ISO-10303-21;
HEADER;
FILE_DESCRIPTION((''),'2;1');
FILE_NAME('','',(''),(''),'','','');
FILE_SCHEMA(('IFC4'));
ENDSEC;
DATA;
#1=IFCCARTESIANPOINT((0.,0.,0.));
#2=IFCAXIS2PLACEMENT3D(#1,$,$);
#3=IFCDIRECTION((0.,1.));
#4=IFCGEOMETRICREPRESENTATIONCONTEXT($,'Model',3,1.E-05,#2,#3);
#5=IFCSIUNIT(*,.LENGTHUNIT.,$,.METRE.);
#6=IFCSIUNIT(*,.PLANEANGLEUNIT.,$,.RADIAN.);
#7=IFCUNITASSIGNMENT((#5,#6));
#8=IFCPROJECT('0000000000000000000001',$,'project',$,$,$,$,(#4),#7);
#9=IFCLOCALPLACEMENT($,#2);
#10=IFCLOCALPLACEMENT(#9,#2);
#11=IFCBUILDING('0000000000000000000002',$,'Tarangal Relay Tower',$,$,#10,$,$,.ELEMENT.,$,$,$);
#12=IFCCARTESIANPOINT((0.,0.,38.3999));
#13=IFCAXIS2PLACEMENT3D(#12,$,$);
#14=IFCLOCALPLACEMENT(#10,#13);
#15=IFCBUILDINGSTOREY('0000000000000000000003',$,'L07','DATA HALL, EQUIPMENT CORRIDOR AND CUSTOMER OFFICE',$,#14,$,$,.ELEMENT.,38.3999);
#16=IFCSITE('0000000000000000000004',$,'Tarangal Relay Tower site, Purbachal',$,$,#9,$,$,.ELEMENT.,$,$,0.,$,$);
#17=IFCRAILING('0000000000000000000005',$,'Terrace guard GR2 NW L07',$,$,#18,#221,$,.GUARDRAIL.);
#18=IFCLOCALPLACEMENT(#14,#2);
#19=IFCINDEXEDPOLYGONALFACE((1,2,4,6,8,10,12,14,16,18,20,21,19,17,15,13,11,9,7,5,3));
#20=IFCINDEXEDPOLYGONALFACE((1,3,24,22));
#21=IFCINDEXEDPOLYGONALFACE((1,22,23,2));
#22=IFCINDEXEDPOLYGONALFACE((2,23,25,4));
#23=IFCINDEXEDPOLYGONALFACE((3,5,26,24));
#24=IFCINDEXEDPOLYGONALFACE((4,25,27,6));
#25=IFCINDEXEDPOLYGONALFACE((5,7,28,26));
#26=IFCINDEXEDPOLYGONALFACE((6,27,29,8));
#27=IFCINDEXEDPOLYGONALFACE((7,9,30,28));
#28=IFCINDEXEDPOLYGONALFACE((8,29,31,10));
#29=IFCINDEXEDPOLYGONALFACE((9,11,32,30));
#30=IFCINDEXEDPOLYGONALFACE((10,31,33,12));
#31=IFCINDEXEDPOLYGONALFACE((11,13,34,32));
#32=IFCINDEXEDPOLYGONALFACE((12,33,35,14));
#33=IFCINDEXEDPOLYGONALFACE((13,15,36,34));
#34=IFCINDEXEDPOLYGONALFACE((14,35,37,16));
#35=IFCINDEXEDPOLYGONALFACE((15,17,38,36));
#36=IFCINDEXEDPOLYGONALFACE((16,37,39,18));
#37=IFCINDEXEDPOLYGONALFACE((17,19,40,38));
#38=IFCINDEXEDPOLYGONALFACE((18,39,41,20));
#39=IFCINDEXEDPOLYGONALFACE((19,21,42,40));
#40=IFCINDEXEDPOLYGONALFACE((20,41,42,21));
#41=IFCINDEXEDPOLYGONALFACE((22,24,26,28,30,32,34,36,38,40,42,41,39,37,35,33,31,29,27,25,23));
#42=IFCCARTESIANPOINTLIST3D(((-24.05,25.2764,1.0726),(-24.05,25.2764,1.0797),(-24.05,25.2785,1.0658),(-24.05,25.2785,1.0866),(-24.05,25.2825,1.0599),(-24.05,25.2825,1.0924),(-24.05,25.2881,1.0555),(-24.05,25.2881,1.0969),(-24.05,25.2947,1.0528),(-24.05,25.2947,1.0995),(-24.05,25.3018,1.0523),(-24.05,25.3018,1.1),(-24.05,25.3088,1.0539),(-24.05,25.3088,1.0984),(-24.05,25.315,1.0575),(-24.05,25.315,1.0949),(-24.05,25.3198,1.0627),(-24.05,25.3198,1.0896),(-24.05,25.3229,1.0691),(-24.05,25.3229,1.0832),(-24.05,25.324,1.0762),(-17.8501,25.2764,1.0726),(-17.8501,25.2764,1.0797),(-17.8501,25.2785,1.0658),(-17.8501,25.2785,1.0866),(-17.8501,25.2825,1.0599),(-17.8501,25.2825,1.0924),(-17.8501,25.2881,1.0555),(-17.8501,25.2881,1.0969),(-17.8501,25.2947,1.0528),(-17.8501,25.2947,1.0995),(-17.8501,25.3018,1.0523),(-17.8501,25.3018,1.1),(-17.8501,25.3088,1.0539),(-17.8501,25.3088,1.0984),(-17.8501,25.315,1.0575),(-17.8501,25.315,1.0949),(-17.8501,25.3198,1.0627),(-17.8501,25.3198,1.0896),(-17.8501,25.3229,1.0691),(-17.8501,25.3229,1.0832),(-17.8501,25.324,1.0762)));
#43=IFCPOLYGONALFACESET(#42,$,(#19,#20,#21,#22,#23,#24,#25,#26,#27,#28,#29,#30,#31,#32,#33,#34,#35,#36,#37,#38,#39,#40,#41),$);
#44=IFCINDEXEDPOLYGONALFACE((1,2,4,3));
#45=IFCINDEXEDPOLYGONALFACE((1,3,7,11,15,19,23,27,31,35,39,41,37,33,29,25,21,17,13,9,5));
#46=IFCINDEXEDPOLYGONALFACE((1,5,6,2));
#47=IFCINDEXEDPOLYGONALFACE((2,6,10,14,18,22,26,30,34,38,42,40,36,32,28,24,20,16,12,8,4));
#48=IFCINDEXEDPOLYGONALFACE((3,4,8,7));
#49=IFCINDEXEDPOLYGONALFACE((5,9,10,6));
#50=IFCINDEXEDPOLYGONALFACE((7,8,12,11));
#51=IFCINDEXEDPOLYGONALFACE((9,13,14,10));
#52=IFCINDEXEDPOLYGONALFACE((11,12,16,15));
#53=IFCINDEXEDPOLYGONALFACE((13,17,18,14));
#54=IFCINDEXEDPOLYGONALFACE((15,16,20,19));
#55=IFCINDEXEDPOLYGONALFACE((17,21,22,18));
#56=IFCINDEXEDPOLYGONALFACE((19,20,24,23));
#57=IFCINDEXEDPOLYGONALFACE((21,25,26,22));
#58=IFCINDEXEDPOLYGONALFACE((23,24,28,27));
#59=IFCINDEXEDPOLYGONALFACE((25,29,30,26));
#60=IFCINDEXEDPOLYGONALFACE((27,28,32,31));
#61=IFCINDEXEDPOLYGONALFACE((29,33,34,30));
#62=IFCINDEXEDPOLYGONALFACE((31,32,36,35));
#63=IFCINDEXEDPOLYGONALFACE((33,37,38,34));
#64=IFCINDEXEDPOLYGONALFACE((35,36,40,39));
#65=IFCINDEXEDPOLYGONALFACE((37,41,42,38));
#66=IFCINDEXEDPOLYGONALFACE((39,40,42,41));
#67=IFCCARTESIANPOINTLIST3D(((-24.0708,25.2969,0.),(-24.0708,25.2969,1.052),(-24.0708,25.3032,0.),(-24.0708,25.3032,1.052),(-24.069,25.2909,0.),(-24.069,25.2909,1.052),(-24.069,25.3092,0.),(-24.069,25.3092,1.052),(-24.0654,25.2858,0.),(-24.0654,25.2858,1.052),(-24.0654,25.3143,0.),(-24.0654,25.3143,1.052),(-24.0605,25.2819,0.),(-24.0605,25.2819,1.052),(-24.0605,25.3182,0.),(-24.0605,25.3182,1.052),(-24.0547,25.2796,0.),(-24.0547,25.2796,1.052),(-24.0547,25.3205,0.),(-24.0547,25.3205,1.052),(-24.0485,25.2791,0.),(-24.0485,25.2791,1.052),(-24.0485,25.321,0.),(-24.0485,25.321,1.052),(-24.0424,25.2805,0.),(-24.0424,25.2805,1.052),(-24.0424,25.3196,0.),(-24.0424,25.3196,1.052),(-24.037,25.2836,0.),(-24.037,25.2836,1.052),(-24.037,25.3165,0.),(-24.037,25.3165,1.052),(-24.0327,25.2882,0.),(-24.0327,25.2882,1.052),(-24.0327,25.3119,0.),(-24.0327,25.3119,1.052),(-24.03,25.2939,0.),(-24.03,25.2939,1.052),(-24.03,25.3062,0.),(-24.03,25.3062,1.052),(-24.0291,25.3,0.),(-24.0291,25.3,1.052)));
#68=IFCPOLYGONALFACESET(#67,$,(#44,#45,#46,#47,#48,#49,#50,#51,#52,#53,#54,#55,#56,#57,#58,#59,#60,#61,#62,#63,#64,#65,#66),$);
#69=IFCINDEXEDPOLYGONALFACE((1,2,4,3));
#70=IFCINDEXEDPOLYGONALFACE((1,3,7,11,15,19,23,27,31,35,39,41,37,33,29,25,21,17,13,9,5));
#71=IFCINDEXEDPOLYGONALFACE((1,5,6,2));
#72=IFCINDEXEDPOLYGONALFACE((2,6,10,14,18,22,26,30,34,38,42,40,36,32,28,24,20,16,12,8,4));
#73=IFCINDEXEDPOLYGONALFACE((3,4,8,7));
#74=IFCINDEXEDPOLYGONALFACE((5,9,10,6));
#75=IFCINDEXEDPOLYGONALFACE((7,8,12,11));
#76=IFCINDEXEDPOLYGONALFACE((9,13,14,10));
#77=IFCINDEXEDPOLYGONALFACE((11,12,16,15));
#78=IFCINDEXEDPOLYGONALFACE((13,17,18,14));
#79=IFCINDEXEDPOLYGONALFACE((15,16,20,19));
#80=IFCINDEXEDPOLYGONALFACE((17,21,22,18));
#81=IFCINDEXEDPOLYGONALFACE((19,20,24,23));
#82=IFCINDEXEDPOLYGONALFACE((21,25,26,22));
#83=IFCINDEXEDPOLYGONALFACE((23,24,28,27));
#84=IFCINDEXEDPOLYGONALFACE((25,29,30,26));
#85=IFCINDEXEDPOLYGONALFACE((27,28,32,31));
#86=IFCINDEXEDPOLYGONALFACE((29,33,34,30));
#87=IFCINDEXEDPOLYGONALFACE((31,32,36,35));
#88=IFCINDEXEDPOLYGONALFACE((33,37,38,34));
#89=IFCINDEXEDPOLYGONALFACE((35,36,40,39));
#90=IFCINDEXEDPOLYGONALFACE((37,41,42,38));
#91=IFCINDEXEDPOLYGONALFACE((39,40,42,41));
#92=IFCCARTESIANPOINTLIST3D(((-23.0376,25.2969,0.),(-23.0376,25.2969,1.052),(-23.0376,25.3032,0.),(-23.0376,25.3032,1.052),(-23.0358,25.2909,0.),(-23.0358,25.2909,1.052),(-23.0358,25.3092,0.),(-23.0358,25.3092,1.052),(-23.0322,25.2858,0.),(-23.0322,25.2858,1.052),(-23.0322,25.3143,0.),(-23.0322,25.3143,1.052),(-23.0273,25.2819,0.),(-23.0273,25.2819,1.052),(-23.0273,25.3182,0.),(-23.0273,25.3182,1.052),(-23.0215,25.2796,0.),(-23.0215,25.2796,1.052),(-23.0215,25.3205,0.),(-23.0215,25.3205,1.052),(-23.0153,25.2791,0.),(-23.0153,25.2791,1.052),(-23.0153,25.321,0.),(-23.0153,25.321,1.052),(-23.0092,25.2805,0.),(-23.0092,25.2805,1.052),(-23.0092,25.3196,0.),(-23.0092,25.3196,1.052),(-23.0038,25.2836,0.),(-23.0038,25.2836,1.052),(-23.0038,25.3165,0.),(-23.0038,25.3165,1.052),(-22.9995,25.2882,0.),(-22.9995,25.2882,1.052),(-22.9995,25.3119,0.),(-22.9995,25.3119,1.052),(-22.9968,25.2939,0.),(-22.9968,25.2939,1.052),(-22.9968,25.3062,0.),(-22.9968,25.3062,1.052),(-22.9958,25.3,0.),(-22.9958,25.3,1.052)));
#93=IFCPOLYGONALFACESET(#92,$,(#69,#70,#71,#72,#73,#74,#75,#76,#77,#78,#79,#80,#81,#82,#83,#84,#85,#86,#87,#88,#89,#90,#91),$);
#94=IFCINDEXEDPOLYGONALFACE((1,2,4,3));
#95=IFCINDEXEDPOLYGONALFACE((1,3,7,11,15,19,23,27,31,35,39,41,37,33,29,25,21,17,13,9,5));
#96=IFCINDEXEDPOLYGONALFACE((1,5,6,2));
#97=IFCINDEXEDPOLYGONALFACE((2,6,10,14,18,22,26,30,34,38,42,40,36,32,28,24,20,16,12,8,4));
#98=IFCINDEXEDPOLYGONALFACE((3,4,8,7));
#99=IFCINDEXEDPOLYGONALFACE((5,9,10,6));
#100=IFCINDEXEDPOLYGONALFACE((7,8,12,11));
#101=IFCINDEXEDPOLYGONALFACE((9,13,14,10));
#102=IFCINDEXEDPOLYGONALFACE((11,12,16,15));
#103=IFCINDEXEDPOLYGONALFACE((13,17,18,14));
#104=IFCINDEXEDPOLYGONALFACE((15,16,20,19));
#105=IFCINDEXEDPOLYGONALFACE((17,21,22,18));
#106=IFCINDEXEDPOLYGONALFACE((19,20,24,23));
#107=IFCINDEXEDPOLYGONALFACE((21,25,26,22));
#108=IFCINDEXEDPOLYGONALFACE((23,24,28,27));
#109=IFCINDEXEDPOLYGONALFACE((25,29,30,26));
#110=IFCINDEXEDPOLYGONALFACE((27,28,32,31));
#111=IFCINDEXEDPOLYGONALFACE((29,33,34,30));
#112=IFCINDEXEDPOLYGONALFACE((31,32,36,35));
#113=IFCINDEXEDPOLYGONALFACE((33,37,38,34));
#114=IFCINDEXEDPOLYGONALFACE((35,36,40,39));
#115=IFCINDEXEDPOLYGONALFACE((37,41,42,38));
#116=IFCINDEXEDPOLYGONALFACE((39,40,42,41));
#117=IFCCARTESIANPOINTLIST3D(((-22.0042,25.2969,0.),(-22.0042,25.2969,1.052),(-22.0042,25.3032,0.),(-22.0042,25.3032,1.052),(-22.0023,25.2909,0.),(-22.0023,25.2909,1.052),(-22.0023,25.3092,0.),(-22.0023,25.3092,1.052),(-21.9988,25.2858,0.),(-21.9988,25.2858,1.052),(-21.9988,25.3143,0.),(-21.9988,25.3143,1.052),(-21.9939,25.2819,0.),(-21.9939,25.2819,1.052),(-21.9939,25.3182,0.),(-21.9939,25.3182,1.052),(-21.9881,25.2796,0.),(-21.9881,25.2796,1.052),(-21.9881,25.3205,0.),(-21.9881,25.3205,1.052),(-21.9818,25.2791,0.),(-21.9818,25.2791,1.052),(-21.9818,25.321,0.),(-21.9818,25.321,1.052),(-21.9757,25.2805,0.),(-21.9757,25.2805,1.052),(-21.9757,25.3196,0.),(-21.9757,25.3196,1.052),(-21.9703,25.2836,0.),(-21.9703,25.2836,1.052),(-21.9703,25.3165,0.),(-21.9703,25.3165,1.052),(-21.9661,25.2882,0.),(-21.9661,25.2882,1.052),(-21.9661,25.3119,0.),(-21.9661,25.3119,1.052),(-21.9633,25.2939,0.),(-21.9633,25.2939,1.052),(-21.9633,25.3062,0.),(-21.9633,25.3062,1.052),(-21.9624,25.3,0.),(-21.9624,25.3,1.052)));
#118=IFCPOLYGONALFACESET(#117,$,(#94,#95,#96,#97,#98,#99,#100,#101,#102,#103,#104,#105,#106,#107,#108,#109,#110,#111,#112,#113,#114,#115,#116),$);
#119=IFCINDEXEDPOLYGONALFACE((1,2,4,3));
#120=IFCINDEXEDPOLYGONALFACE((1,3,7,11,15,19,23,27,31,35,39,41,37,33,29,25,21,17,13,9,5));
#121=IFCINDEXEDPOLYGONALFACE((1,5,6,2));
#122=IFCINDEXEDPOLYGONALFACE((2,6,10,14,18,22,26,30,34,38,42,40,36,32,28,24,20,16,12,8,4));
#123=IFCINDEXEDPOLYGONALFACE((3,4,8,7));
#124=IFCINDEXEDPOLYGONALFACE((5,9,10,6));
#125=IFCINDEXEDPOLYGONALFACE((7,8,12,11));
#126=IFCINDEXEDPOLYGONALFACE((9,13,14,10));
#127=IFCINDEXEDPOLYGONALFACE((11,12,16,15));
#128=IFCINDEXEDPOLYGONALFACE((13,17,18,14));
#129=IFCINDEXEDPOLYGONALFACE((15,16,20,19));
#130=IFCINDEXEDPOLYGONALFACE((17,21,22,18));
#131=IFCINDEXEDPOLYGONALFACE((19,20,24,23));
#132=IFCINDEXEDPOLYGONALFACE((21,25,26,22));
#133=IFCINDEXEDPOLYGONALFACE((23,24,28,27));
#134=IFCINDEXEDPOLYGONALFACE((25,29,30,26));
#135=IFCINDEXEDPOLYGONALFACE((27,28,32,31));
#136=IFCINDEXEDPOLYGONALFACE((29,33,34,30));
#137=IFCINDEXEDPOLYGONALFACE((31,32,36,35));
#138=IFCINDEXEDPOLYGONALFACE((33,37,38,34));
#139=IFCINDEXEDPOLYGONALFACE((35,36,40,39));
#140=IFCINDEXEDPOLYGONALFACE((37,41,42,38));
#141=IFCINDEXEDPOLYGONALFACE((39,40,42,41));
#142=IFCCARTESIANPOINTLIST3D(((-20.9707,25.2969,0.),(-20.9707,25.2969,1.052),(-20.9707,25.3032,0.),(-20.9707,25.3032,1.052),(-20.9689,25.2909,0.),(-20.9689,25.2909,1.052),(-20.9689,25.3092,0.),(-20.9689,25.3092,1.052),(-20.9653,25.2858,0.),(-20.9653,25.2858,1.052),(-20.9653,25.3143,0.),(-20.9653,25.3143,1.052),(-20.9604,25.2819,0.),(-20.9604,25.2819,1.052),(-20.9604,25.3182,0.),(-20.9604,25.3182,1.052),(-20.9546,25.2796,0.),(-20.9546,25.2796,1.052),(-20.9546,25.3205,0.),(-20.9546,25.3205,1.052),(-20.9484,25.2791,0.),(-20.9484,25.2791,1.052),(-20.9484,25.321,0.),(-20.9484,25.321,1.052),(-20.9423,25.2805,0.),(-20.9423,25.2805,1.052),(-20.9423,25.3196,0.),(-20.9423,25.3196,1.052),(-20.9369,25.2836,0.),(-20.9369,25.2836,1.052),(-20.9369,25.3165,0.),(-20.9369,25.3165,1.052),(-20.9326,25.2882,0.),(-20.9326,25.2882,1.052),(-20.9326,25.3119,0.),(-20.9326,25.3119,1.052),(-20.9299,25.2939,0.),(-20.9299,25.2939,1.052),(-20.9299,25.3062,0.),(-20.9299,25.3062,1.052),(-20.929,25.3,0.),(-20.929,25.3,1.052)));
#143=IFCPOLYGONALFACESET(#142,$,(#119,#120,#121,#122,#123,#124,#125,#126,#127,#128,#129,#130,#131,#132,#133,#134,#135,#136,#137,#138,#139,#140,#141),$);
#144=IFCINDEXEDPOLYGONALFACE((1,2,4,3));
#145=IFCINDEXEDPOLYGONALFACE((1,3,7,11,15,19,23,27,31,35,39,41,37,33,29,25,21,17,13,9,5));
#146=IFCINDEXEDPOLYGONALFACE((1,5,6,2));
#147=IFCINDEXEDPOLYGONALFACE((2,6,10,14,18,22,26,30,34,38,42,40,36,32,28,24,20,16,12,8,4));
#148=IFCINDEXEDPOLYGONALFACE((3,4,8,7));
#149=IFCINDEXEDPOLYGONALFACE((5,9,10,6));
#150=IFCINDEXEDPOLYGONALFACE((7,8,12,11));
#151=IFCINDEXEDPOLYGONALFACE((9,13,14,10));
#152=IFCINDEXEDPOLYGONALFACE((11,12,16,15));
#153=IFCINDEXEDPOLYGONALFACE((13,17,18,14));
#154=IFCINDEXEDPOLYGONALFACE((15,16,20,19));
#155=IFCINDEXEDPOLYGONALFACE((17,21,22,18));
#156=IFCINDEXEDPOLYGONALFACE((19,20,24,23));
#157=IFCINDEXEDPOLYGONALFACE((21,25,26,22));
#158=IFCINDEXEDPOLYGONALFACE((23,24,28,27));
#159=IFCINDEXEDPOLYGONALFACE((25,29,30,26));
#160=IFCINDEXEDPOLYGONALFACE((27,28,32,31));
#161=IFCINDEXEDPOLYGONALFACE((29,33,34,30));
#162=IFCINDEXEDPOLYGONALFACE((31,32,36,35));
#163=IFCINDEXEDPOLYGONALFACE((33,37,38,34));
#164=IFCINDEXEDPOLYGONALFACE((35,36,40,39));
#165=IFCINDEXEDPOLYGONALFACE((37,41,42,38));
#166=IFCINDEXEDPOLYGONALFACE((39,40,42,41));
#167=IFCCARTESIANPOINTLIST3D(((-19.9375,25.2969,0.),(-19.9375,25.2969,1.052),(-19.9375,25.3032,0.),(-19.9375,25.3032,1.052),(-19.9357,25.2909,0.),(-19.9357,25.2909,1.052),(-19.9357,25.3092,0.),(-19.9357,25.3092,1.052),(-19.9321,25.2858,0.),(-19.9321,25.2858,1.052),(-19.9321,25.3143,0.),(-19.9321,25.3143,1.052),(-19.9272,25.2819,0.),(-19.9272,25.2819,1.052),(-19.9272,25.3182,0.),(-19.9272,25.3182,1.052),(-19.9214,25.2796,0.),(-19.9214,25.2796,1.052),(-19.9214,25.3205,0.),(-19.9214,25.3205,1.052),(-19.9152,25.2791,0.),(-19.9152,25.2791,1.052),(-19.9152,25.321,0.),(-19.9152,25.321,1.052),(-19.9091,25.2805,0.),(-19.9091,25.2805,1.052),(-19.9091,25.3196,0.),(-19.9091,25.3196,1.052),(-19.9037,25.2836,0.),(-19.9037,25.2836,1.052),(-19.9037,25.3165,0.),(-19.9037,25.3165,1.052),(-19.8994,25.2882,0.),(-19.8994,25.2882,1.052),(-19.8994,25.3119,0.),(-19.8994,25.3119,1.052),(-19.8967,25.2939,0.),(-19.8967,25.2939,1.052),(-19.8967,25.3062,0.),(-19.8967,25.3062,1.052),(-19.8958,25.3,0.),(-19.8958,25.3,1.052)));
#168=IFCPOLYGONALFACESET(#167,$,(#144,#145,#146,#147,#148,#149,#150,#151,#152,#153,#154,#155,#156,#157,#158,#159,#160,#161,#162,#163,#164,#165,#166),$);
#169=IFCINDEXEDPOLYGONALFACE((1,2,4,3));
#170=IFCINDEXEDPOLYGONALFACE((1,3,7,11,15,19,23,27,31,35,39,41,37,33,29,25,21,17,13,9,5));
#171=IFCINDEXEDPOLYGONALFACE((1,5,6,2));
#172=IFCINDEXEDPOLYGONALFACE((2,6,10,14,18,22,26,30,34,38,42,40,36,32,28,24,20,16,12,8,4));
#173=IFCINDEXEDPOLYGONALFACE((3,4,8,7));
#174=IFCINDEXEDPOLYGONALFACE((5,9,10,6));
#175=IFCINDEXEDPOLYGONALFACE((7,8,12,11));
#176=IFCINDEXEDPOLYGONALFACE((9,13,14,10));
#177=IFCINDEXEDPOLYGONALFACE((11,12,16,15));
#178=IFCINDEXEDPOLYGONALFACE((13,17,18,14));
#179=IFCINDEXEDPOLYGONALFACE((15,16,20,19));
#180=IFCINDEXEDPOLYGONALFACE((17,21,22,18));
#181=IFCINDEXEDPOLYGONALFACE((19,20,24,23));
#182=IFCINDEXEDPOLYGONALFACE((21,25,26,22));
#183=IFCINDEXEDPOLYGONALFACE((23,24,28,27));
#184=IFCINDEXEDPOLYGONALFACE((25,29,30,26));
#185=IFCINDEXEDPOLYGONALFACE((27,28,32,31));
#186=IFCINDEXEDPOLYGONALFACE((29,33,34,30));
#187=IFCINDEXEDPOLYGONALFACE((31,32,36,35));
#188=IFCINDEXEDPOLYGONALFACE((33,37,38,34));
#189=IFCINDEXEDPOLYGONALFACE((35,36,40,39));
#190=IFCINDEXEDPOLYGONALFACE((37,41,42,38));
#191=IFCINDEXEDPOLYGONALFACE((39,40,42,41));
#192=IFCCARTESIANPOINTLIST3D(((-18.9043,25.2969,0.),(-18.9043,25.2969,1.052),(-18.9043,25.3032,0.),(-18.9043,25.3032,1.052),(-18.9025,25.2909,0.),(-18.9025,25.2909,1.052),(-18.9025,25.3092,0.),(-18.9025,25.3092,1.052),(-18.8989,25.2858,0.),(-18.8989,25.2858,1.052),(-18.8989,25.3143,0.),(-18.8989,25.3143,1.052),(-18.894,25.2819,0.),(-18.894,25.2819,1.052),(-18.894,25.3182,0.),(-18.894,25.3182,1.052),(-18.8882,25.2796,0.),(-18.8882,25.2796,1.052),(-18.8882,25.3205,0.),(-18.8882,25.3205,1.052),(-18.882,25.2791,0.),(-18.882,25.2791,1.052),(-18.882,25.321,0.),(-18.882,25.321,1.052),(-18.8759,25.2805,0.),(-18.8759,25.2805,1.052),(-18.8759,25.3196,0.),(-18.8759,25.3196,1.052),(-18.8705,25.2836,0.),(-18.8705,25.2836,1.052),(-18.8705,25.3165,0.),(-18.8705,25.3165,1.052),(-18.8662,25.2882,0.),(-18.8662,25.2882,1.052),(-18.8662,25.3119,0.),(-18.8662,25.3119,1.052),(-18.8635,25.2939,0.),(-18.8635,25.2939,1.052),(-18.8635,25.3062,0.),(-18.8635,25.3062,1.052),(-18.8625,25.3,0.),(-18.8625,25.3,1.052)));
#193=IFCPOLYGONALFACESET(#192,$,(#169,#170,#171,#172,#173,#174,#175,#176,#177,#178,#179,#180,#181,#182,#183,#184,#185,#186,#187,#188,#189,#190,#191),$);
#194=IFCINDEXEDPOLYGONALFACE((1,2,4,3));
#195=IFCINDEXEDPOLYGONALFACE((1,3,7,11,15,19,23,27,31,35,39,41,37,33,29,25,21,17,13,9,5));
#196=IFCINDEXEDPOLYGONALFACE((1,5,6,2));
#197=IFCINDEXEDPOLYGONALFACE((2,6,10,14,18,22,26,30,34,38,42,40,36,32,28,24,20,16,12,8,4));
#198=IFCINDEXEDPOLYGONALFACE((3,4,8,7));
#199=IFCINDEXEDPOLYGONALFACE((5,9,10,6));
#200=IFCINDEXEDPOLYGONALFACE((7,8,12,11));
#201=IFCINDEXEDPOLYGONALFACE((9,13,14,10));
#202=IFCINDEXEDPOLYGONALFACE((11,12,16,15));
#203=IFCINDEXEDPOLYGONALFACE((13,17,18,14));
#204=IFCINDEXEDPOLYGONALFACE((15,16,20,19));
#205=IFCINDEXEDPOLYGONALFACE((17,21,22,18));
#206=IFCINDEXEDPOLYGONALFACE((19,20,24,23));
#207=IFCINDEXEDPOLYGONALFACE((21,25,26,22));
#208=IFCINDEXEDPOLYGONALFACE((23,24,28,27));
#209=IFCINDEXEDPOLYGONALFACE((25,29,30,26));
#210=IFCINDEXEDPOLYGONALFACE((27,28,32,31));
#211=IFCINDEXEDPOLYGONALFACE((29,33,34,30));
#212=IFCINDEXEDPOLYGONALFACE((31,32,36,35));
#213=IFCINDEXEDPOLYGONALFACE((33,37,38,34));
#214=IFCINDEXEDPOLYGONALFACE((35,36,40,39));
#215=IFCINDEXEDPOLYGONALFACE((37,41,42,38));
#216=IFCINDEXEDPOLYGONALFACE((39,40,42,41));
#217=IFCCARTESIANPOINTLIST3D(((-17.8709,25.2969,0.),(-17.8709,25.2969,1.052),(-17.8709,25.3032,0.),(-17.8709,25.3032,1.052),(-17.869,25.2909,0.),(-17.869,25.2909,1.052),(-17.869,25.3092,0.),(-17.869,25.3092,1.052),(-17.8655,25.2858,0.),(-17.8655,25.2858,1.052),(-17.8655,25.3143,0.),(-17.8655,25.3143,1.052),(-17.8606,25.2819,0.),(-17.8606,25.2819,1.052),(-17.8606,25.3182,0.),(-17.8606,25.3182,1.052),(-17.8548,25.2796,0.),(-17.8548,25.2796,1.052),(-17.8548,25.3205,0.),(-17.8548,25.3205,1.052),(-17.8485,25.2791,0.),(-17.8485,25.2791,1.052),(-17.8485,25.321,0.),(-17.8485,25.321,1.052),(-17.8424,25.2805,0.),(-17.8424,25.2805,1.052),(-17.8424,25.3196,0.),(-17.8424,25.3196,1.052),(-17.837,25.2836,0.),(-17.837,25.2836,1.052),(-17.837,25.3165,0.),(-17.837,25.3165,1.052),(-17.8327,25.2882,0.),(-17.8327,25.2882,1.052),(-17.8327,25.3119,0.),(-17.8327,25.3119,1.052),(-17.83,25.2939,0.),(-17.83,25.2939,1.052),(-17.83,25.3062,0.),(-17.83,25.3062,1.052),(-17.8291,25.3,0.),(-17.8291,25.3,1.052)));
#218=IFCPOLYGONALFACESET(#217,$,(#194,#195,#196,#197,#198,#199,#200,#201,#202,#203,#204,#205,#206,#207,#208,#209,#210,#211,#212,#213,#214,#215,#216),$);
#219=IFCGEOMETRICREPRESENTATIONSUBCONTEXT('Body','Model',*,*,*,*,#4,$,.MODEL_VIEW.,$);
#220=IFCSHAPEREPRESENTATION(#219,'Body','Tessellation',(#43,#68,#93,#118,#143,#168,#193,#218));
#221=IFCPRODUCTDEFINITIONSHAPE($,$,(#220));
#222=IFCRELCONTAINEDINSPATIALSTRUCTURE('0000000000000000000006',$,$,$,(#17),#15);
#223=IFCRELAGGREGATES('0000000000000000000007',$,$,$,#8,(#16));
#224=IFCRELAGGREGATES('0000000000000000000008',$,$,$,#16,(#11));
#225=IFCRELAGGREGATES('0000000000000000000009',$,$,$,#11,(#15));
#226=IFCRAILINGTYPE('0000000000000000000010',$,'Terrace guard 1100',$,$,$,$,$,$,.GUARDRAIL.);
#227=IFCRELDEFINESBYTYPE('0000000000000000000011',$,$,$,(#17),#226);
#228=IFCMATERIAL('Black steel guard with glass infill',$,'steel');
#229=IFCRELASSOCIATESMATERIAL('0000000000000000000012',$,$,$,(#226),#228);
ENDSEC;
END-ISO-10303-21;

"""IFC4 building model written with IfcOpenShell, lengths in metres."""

from ifc_helpers import new_model, si_unit, direction, frame, origin, origin_2d, place, context, subcontext, project, spatial, circle, extrude, material, type_object, element, save


model = new_model("IFC4")

# Units and contexts
model_context = context("Model", 3, precision=1e-05, world=origin(), true_north=direction((0.0, 1.0)))
body_context = subcontext(model_context, "Body", "Model", "MODEL_VIEW")
ifc_project = project(units=[si_unit("LENGTHUNIT", "METRE"), si_unit("PLANEANGLEUNIT", "RADIAN")], contexts=[model_context])

# Site, building, storey
site_placement = place(None, origin())
site = spatial("IfcSite", under=ifc_project, at=site_placement, Name="Tarangal Relay Tower site, Purbachal", CompositionType="ELEMENT", RefElevation=0.0)
building_placement = place(site_placement, origin())
building = spatial("IfcBuilding", under=site, at=building_placement, Name="Tarangal Relay Tower", CompositionType="ELEMENT")
storey_placement = place(building_placement, frame((0.0, 0.0, 38.3999)))
storey = spatial("IfcBuildingStorey", under=building, at=storey_placement, Name="L07", Description="DATA HALL, EQUIPMENT CORRIDOR AND CUSTOMER OFFICE", CompositionType="ELEMENT", Elevation=38.3999)

# Railing
ifc_material_1 = material(Name="Black steel guard with glass infill", Category="steel")
railing_type = type_object("IfcRailingType", Name="Terrace guard 1100", PredefinedType="GUARDRAIL", material=ifc_material_1)
railing_1_placement = place(storey_placement, frame((-24.05, 25.3, 0.0)))
element("IfcRailing", 1, at=railing_1_placement, inside=storey, type_object=railing_type, Name="Terrace guard GR2 NW L07", PredefinedType="GUARDRAIL", context=body_context, shape_type="SweptSolid", body=[
    extrude(circle(Radius=0.0239, at=origin_2d()), frame((0.0, 0.0, 1.0762), z_axis=(1.0, 0.0, 0.0), x_axis=(0.0, 1.0, 0.0)), (0.0, 0.0, 1.0), 6.2),
    extrude(circle(Radius=0.021, at=origin_2d()), origin(), (0.0, 0.0, 1.0), 1.052),
    extrude(circle(Radius=0.021, at=origin_2d()), frame((1.0332, 0.0, 0.0)), (0.0, 0.0, 1.0), 1.052),
    extrude(circle(Radius=0.021, at=origin_2d()), frame((2.0667, 0.0, 0.0)), (0.0, 0.0, 1.0), 1.052),
    extrude(circle(Radius=0.021, at=origin_2d()), frame((3.1001, 0.0, 0.0)), (0.0, 0.0, 1.0), 1.052),
    extrude(circle(Radius=0.021, at=origin_2d()), frame((4.1333, 0.0, 0.0)), (0.0, 0.0, 1.0), 1.052),
    extrude(circle(Radius=0.021, at=origin_2d()), frame((5.1665, 0.0, 0.0)), (0.0, 0.0, 1.0), 1.052),
    extrude(circle(Radius=0.021, at=origin_2d()), frame((6.2, 0.0, 0.0)), (0.0, 0.0, 1.0), 1.052),
])

save(model, "model.ifc")
